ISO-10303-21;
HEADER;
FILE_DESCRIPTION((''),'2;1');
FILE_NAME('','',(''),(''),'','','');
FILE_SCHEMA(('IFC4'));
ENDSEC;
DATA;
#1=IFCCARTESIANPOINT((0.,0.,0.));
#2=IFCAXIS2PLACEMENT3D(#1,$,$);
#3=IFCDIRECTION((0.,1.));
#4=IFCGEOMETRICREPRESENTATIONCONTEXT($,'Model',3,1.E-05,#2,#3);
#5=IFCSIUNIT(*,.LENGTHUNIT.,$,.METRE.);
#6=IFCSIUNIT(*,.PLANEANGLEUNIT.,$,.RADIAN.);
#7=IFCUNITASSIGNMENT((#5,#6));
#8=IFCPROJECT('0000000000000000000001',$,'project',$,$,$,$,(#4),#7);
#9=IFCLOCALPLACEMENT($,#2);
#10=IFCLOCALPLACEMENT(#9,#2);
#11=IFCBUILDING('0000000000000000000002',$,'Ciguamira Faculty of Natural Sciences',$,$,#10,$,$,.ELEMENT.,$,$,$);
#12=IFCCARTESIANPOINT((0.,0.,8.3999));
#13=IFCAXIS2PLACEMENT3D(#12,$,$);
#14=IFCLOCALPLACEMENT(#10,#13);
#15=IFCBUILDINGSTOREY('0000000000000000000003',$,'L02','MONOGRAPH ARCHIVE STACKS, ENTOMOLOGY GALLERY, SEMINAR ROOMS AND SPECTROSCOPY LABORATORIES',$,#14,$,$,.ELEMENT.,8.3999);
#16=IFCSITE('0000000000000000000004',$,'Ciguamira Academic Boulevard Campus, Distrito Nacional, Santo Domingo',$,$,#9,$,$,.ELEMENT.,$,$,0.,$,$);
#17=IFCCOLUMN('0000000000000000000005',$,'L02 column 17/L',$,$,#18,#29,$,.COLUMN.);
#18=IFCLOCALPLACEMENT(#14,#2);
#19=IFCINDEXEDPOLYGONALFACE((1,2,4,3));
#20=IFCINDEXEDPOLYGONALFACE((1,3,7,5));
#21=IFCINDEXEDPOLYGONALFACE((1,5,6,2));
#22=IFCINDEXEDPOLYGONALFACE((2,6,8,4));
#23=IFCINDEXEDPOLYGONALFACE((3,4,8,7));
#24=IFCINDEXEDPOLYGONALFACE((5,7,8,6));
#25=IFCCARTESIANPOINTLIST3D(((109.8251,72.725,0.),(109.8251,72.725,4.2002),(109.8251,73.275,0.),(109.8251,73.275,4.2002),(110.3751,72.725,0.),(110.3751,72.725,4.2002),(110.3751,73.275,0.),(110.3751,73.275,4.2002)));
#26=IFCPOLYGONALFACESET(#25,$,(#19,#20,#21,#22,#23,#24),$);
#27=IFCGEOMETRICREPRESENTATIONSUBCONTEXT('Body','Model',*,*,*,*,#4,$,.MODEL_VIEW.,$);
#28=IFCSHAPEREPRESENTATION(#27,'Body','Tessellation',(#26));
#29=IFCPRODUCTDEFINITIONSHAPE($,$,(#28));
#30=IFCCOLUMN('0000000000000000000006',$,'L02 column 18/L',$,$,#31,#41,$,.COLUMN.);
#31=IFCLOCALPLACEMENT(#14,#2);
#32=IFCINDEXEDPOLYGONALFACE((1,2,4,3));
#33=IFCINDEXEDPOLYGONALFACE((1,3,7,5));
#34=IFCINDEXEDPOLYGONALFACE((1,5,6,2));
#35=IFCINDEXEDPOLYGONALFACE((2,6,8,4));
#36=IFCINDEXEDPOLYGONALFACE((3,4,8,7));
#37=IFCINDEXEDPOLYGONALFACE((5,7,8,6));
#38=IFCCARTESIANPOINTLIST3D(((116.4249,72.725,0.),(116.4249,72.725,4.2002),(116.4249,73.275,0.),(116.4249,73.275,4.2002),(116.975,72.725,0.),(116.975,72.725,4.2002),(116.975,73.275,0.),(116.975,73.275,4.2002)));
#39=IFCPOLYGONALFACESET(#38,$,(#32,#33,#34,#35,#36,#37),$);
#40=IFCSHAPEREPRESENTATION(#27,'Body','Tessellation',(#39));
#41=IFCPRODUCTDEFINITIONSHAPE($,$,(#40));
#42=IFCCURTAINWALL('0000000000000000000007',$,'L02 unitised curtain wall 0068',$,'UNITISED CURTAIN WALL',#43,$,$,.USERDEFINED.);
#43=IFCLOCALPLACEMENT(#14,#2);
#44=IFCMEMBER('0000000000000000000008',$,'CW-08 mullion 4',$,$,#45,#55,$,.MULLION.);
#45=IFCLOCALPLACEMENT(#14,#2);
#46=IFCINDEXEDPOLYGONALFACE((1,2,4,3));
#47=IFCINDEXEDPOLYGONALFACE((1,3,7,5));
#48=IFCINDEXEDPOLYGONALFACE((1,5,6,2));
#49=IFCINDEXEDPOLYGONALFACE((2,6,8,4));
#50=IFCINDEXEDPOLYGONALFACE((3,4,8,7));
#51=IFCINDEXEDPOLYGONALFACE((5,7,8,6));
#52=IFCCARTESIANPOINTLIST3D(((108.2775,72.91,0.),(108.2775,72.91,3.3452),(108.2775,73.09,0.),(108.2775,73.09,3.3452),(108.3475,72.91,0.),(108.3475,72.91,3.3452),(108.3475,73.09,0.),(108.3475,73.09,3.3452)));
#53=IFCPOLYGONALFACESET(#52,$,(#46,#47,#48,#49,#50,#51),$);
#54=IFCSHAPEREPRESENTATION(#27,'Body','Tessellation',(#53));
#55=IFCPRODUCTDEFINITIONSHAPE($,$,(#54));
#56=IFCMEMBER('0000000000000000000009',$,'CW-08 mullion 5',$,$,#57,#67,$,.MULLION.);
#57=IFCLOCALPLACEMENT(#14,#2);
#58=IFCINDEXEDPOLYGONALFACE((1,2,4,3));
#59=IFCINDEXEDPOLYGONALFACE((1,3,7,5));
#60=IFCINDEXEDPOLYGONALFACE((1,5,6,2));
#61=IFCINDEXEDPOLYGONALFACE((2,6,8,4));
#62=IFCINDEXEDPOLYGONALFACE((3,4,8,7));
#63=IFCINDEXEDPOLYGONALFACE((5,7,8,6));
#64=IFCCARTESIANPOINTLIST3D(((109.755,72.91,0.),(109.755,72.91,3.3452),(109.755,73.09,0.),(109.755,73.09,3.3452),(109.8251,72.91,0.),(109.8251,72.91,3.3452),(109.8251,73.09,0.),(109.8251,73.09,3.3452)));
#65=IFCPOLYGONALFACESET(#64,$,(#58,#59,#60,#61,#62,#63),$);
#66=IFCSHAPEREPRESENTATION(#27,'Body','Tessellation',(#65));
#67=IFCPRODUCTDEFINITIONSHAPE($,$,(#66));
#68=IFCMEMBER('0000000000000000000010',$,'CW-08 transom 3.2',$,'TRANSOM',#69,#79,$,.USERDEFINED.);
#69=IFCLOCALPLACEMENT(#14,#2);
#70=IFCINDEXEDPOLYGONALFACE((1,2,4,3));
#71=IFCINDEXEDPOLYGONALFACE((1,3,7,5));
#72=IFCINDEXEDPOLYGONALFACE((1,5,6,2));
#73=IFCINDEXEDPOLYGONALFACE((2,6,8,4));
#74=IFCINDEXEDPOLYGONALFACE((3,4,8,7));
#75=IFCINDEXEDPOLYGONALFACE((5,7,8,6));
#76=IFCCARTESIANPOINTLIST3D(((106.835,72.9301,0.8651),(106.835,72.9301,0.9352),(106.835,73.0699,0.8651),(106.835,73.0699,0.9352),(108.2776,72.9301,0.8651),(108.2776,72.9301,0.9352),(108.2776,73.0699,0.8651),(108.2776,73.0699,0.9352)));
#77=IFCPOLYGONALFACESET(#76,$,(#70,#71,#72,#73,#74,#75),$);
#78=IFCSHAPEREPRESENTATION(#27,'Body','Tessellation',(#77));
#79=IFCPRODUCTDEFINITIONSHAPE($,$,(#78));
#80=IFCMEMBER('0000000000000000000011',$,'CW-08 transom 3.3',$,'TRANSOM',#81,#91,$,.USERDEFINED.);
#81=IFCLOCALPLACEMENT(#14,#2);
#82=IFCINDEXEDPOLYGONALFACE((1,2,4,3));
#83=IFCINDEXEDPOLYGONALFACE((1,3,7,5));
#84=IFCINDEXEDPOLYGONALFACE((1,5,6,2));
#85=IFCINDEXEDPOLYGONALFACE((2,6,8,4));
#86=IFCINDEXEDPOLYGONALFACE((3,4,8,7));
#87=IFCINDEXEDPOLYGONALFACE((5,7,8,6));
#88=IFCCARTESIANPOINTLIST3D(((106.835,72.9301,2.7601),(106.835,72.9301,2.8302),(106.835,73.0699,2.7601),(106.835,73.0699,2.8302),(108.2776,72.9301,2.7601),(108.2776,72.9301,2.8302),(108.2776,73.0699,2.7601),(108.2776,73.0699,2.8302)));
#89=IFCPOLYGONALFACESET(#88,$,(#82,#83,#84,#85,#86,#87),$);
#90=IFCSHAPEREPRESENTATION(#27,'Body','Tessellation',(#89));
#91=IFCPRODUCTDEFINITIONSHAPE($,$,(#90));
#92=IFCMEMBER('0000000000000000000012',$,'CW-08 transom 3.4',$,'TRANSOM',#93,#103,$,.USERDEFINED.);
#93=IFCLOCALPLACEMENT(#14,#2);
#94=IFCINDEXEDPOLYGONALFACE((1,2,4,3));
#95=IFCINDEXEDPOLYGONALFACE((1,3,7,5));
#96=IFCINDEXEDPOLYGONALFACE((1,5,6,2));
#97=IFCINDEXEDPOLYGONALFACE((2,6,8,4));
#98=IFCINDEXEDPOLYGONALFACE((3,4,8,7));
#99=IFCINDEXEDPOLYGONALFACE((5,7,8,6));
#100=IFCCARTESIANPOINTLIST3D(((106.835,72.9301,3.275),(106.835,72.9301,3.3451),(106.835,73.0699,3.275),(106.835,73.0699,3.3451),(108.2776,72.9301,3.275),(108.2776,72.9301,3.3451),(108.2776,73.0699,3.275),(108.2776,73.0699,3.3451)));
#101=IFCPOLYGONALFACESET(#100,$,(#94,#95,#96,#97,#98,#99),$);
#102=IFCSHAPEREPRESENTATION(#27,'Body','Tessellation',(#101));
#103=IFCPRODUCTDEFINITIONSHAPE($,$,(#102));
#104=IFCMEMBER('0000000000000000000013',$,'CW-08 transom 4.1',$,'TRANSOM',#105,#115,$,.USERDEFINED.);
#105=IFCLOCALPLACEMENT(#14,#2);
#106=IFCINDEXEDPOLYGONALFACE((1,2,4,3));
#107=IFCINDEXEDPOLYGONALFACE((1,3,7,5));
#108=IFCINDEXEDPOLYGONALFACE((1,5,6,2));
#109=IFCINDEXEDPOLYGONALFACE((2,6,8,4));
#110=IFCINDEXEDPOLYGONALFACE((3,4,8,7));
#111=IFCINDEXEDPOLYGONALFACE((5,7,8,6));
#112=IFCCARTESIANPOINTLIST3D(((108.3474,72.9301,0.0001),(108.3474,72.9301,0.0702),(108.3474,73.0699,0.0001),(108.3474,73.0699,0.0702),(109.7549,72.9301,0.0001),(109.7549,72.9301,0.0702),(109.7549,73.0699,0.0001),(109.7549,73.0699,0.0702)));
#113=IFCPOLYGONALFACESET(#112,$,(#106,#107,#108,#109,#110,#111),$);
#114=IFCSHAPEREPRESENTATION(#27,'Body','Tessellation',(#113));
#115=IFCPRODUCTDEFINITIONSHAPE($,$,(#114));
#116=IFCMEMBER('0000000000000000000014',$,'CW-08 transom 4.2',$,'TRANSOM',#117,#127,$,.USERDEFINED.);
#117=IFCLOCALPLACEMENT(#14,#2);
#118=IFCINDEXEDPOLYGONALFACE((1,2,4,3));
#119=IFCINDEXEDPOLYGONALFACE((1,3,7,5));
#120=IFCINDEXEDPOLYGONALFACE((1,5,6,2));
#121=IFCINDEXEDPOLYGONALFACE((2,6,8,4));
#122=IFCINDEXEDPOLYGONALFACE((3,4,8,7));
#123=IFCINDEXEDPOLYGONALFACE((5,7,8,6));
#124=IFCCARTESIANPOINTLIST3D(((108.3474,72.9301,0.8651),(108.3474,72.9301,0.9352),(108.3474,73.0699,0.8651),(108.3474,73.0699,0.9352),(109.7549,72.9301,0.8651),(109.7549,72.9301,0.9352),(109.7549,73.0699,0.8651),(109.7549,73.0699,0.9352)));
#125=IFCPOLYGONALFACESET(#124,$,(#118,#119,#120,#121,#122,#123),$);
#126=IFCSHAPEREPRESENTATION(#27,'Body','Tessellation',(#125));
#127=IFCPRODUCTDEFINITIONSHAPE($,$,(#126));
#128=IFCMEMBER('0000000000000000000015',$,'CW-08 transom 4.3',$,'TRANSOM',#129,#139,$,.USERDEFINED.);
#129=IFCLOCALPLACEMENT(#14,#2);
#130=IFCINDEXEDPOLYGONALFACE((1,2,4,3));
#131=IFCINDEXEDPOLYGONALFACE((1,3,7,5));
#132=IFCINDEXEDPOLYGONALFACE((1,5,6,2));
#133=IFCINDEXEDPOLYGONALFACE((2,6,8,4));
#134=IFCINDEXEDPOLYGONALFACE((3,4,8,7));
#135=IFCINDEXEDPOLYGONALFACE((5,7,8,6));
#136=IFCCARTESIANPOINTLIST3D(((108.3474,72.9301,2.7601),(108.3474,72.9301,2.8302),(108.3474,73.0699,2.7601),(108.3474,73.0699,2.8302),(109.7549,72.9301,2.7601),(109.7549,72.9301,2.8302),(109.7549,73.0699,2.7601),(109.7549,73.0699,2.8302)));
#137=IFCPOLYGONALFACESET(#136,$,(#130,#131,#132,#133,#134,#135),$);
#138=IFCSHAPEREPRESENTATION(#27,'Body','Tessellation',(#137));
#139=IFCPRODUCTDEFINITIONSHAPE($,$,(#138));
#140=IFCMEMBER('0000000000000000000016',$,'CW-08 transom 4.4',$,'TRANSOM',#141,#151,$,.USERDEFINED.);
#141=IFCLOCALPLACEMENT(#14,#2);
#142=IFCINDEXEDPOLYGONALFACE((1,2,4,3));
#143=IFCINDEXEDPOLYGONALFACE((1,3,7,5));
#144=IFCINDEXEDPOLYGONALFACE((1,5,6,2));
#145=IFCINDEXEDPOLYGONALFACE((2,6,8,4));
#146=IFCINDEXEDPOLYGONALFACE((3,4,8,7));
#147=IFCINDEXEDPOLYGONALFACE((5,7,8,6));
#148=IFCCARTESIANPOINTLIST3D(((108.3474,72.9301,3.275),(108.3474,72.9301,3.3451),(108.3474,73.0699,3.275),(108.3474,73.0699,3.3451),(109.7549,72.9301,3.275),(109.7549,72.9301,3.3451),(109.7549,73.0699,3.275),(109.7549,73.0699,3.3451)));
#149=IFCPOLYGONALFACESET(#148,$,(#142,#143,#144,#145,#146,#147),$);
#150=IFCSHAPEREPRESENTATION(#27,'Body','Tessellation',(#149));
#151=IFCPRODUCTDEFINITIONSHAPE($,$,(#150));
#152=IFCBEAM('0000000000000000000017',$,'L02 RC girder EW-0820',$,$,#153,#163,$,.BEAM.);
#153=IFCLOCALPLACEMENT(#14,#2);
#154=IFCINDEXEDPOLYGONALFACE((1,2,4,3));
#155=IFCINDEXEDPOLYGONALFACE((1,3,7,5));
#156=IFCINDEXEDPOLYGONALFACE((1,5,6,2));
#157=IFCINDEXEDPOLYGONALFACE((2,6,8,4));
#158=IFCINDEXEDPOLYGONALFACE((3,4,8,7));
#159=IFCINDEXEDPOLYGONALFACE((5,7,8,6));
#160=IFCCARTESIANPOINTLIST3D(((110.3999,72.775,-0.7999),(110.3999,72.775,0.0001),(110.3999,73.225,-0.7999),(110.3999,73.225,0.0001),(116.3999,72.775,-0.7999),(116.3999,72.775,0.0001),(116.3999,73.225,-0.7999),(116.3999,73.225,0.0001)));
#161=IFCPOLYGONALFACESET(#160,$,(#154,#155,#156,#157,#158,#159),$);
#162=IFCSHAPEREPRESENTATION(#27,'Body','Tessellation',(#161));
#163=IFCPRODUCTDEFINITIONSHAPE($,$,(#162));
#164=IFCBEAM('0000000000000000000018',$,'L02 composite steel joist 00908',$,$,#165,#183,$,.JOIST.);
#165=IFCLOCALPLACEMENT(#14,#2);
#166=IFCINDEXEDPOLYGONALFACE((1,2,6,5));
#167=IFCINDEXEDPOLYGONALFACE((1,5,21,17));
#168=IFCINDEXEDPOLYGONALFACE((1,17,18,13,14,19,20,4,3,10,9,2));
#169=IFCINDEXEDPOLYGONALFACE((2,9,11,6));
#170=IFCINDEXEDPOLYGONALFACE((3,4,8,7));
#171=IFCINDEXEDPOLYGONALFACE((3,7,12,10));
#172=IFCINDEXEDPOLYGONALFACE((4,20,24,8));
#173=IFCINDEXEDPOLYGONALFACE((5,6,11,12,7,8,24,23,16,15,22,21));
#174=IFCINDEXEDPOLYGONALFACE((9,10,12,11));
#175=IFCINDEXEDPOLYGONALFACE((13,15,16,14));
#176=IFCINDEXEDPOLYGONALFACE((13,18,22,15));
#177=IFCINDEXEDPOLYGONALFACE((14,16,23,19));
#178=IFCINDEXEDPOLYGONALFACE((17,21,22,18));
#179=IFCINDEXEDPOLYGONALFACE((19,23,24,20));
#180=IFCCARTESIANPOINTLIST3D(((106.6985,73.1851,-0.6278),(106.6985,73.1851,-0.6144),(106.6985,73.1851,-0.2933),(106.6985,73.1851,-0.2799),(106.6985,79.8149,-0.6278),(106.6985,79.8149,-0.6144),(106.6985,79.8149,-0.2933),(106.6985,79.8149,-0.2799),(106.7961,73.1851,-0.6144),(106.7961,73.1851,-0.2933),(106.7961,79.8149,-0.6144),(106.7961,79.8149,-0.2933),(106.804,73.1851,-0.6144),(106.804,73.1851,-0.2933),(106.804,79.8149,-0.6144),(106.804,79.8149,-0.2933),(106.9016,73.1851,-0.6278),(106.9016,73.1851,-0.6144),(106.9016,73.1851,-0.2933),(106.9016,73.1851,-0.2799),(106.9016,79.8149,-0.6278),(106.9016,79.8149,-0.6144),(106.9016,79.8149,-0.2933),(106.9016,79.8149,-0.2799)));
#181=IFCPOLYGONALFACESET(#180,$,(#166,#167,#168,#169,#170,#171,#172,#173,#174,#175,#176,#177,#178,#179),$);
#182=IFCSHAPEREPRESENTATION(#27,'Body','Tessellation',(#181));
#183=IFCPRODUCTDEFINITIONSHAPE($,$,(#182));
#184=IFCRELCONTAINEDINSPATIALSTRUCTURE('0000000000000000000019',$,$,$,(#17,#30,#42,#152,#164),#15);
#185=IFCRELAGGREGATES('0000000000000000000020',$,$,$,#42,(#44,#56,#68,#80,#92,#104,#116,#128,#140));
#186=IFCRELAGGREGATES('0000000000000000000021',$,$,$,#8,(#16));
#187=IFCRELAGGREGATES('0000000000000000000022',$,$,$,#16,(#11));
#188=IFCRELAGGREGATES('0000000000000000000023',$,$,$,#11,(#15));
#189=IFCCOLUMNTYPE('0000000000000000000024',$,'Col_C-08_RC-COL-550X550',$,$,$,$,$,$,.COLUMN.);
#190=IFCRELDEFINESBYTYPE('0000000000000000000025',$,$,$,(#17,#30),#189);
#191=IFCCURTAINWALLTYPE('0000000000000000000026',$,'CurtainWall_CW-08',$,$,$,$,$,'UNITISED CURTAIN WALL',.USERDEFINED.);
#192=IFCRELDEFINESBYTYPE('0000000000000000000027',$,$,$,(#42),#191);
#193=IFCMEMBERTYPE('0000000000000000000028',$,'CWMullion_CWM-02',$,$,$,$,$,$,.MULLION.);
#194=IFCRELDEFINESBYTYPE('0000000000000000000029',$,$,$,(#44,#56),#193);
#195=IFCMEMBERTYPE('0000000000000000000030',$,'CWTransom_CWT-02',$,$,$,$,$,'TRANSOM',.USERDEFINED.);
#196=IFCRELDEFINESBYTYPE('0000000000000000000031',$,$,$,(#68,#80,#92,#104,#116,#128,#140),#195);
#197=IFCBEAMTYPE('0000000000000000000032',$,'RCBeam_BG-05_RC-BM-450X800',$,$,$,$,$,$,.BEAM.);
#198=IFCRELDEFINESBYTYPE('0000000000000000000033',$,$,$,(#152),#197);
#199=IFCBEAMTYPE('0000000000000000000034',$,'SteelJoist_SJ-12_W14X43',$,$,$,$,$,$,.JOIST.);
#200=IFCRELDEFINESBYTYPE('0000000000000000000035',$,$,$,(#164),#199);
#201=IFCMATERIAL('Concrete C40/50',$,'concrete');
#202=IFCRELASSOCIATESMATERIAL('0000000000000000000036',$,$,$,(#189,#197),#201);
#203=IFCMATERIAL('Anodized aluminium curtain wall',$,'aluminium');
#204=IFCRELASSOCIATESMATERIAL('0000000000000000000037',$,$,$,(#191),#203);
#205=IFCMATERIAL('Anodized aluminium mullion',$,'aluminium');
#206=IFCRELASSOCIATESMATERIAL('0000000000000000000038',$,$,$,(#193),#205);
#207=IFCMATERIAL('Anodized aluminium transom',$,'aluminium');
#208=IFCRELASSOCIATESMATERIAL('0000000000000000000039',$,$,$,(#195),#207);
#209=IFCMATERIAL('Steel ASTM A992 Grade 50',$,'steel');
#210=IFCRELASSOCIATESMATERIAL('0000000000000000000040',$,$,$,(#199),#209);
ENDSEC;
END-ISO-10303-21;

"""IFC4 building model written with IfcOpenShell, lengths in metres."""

from ifc_helpers import new_model, si_unit, direction, frame, origin, origin_2d, place, context, subcontext, project, spatial, rectangle, i_section, extrude, material, material_profile, profile_set, type_object, element, aggregate, save


model = new_model("IFC4")

# Units and contexts
model_context = context("Model", 3, precision=1e-05, world=origin(), true_north=direction((0.0, 1.0)))
body_context = subcontext(model_context, "Body", "Model", "MODEL_VIEW")
ifc_project = project(units=[si_unit("LENGTHUNIT", "METRE"), si_unit("PLANEANGLEUNIT", "RADIAN")], contexts=[model_context])

# Site, building, storey
site_placement = place(None, origin())
site = spatial("IfcSite", under=ifc_project, at=site_placement, Name="Ciguamira Academic Boulevard Campus, Distrito Nacional, Santo Domingo", CompositionType="ELEMENT", RefElevation=0.0)
building_placement = place(site_placement, origin())
building = spatial("IfcBuilding", under=site, at=building_placement, Name="Ciguamira Faculty of Natural Sciences", CompositionType="ELEMENT")
storey_placement = place(building_placement, frame((0.0, 0.0, 8.3999)))
storey = spatial("IfcBuildingStorey", under=building, at=storey_placement, Name="L02", Description="MONOGRAPH ARCHIVE STACKS, ENTOMOLOGY GALLERY, SEMINAR ROOMS AND SPECTROSCOPY LABORATORIES", CompositionType="ELEMENT", Elevation=8.3999)

# Columns
ifc_material_1 = material(Name="Concrete C40/50", Category="concrete")
ifc_material_profile_1 = material_profile(ifc_material_1, rectangle(XDim=0.55, YDim=0.55, at=origin_2d()), Name="RC-COL-550X550")
ifc_profile_set_1 = profile_set([ifc_material_profile_1], Name="Concrete C40/50")
column_type = type_object("IfcColumnType", Name="Col_C-08_RC-COL-550X550", PredefinedType="COLUMN", material=ifc_profile_set_1)
for number, where, z_axis, x_axis, name in (
    (1, (110.1001, 73.0, 0.0), (0.0, 0.0, 1.0), (1.0, 0.0, 0.0), "L02 column 17/L"),
    (2, (116.7, 73.0, 0.0), (0.0, 0.0, 1.0), (1.0, 0.0, 0.0), "L02 column 18/L"),
):
    element("IfcColumn", number, at=place(storey_placement, frame(where, z_axis=z_axis, x_axis=x_axis)), inside=storey, type_object=column_type, Name=name, PredefinedType="COLUMN", context=body_context, shape_type="SweptSolid", body=[
        extrude(rectangle(XDim=0.55, YDim=0.55, at=origin_2d()), origin(), (0.0, 0.0, 1.0), 4.2002),
    ])

# Curtain wall, members
ifc_material_2 = material(Name="Anodized aluminium curtain wall", Category="aluminium")
curtain_wall_type = type_object("IfcCurtainWallType", Name="CurtainWall_CW-08", ElementType="UNITISED CURTAIN WALL", PredefinedType="USERDEFINED", material=ifc_material_2)
curtain_wall_placement = place(storey_placement, origin())
curtain_wall = element("IfcCurtainWall", 3, at=curtain_wall_placement, inside=storey, type_object=curtain_wall_type, Name="L02 unitised curtain wall 0068", ObjectType="UNITISED CURTAIN WALL", PredefinedType="USERDEFINED")
ifc_material_3 = material(Name="Anodized aluminium mullion", Category="aluminium")
ifc_material_profile_2 = material_profile(ifc_material_3, rectangle(XDim=0.0701, YDim=0.1799, at=origin_2d()), Name="ALU-MUL-70X180")
ifc_profile_set_2 = profile_set([ifc_material_profile_2], Name="Anodized aluminium mullion")
member_type_1 = type_object("IfcMemberType", Name="CWMullion_CWM-02", PredefinedType="MULLION", material=ifc_profile_set_2)
member_1_placement = place(storey_placement, frame((108.3125, 73.0, 0.0), z_axis=(0.0, 0.0, 1.0), x_axis=(1.0, 0.0, 0.0)))
member_1 = element("IfcMember", 4, at=member_1_placement, type_object=member_type_1, Name="CW-08 mullion 4", PredefinedType="MULLION", context=body_context, shape_type="SweptSolid", body=[
    extrude(rectangle(XDim=0.0701, YDim=0.1799, at=origin_2d()), origin(), (0.0, 0.0, 1.0), 3.3452),
])
member_2_placement = place(storey_placement, frame((109.79, 73.0, 0.0), z_axis=(0.0, 0.0, 1.0), x_axis=(1.0, 0.0, 0.0)))
member_2 = element("IfcMember", 5, at=member_2_placement, type_object=member_type_1, Name="CW-08 mullion 5", PredefinedType="MULLION", context=body_context, shape_type="SweptSolid", body=[
    extrude(rectangle(XDim=0.0701, YDim=0.1799, at=origin_2d()), origin(), (0.0, 0.0, 1.0), 3.3452),
])
ifc_material_4 = material(Name="Anodized aluminium transom", Category="aluminium")
ifc_material_profile_3 = material_profile(ifc_material_4, rectangle(XDim=0.0701, YDim=0.1399, at=origin_2d()), Name="ALU-TRN-70X140")
ifc_profile_set_3 = profile_set([ifc_material_profile_3], Name="Anodized aluminium transom")
member_type_2 = type_object("IfcMemberType", Name="CWTransom_CWT-02", ElementType="TRANSOM", PredefinedType="USERDEFINED", material=ifc_profile_set_3)
member_3_placement = place(storey_placement, frame((106.835, 73.0, 0.9001), z_axis=(1.0, 0.0, 0.0), x_axis=(0.0, 0.0, 1.0)))
member_3 = element("IfcMember", 6, at=member_3_placement, type_object=member_type_2, Name="CW-08 transom 3.2", ObjectType="TRANSOM", PredefinedType="USERDEFINED", context=body_context, shape_type="SweptSolid", body=[
    extrude(rectangle(XDim=0.0701, YDim=0.1399, at=origin_2d()), origin(), (0.0, 0.0, 1.0), 1.4426),
])
member_4_placement = place(storey_placement, frame((106.835, 73.0, 2.7952), z_axis=(1.0, 0.0, 0.0), x_axis=(0.0, 0.0, 1.0)))
member_4 = element("IfcMember", 7, at=member_4_placement, type_object=member_type_2, Name="CW-08 transom 3.3", ObjectType="TRANSOM", PredefinedType="USERDEFINED", context=body_context, shape_type="SweptSolid", body=[
    extrude(rectangle(XDim=0.0701, YDim=0.1399, at=origin_2d()), origin(), (0.0, 0.0, 1.0), 1.4426),
])
member_5_placement = place(storey_placement, frame((106.835, 73.0, 3.3101), z_axis=(1.0, 0.0, 0.0), x_axis=(0.0, 0.0, 1.0)))
member_5 = element("IfcMember", 8, at=member_5_placement, type_object=member_type_2, Name="CW-08 transom 3.4", ObjectType="TRANSOM", PredefinedType="USERDEFINED", context=body_context, shape_type="SweptSolid", body=[
    extrude(rectangle(XDim=0.0701, YDim=0.1399, at=origin_2d()), origin(), (0.0, 0.0, 1.0), 1.4426),
])
member_6_placement = place(storey_placement, frame((108.3474, 73.0, 0.0352), z_axis=(1.0, 0.0, 0.0), x_axis=(0.0, 0.0, 1.0)))
member_6 = element("IfcMember", 9, at=member_6_placement, type_object=member_type_2, Name="CW-08 transom 4.1", ObjectType="TRANSOM", PredefinedType="USERDEFINED", context=body_context, shape_type="SweptSolid", body=[
    extrude(rectangle(XDim=0.0701, YDim=0.1399, at=origin_2d()), origin(), (0.0, 0.0, 1.0), 1.4075),
])
member_7_placement = place(storey_placement, frame((108.3474, 73.0, 0.9001), z_axis=(1.0, 0.0, 0.0), x_axis=(0.0, 0.0, 1.0)))
member_7 = element("IfcMember", 10, at=member_7_placement, type_object=member_type_2, Name="CW-08 transom 4.2", ObjectType="TRANSOM", PredefinedType="USERDEFINED", context=body_context, shape_type="SweptSolid", body=[
    extrude(rectangle(XDim=0.0701, YDim=0.1399, at=origin_2d()), origin(), (0.0, 0.0, 1.0), 1.4075),
])
member_8_placement = place(storey_placement, frame((108.3474, 73.0, 2.7952), z_axis=(1.0, 0.0, 0.0), x_axis=(0.0, 0.0, 1.0)))
member_8 = element("IfcMember", 11, at=member_8_placement, type_object=member_type_2, Name="CW-08 transom 4.3", ObjectType="TRANSOM", PredefinedType="USERDEFINED", context=body_context, shape_type="SweptSolid", body=[
    extrude(rectangle(XDim=0.0701, YDim=0.1399, at=origin_2d()), origin(), (0.0, 0.0, 1.0), 1.4075),
])
member_9_placement = place(storey_placement, frame((108.3474, 73.0, 3.3101), z_axis=(1.0, 0.0, 0.0), x_axis=(0.0, 0.0, 1.0)))
member_9 = element("IfcMember", 12, at=member_9_placement, type_object=member_type_2, Name="CW-08 transom 4.4", ObjectType="TRANSOM", PredefinedType="USERDEFINED", context=body_context, shape_type="SweptSolid", body=[
    extrude(rectangle(XDim=0.0701, YDim=0.1399, at=origin_2d()), origin(), (0.0, 0.0, 1.0), 1.4075),
])

# Beams
ifc_material_profile_4 = material_profile(ifc_material_1, rectangle(XDim=0.45, YDim=0.8, at=origin_2d()), Name="RC-BM-450X800")
ifc_profile_set_4 = profile_set([ifc_material_profile_4], Name="Concrete C40/50")
beam_type_1 = type_object("IfcBeamType", Name="RCBeam_BG-05_RC-BM-450X800", PredefinedType="BEAM", material=ifc_profile_set_4)
beam_1_placement = place(storey_placement, frame((110.3999, 73.0, -0.3999), z_axis=(1.0, 0.0, 0.0), x_axis=(0.0, 1.0, 0.0)))
element("IfcBeam", 13, at=beam_1_placement, inside=storey, type_object=beam_type_1, Name="L02 RC girder EW-0820", PredefinedType="BEAM", context=body_context, shape_type="SweptSolid", body=[
    extrude(rectangle(XDim=0.45, YDim=0.8, at=origin_2d()), origin(), (0.0, 0.0, 1.0), 6.0),
])
ifc_material_5 = material(Name="Steel ASTM A992 Grade 50", Category="steel")
ifc_material_profile_5 = material_profile(ifc_material_5, i_section(OverallWidth=0.2031, OverallDepth=0.3479, WebThickness=0.0078, FlangeThickness=0.0134, at=origin_2d()), Name="W14X43")
ifc_profile_set_5 = profile_set([ifc_material_profile_5], Name="Steel ASTM A992 Grade 50")
beam_type_2 = type_object("IfcBeamType", Name="SteelJoist_SJ-12_W14X43", PredefinedType="JOIST", material=ifc_profile_set_5)
beam_2_placement = place(storey_placement, frame((106.8, 73.1851, -0.4539), z_axis=(0.0, 1.0, 0.0), x_axis=(-1.0, 0.0, 0.0)))
element("IfcBeam", 14, at=beam_2_placement, inside=storey, type_object=beam_type_2, Name="L02 composite steel joist 00908", PredefinedType="JOIST", context=body_context, shape_type="SweptSolid", body=[
    extrude(i_section(OverallWidth=0.2031, OverallDepth=0.3479, WebThickness=0.0078, FlangeThickness=0.0134, at=origin_2d()), origin(), (0.0, 0.0, 1.0), 6.6299),
])

aggregate(curtain_wall, [member_1, member_2, member_3, member_4, member_5, member_6, member_7, member_8, member_9])

save(model, "model.ifc")
